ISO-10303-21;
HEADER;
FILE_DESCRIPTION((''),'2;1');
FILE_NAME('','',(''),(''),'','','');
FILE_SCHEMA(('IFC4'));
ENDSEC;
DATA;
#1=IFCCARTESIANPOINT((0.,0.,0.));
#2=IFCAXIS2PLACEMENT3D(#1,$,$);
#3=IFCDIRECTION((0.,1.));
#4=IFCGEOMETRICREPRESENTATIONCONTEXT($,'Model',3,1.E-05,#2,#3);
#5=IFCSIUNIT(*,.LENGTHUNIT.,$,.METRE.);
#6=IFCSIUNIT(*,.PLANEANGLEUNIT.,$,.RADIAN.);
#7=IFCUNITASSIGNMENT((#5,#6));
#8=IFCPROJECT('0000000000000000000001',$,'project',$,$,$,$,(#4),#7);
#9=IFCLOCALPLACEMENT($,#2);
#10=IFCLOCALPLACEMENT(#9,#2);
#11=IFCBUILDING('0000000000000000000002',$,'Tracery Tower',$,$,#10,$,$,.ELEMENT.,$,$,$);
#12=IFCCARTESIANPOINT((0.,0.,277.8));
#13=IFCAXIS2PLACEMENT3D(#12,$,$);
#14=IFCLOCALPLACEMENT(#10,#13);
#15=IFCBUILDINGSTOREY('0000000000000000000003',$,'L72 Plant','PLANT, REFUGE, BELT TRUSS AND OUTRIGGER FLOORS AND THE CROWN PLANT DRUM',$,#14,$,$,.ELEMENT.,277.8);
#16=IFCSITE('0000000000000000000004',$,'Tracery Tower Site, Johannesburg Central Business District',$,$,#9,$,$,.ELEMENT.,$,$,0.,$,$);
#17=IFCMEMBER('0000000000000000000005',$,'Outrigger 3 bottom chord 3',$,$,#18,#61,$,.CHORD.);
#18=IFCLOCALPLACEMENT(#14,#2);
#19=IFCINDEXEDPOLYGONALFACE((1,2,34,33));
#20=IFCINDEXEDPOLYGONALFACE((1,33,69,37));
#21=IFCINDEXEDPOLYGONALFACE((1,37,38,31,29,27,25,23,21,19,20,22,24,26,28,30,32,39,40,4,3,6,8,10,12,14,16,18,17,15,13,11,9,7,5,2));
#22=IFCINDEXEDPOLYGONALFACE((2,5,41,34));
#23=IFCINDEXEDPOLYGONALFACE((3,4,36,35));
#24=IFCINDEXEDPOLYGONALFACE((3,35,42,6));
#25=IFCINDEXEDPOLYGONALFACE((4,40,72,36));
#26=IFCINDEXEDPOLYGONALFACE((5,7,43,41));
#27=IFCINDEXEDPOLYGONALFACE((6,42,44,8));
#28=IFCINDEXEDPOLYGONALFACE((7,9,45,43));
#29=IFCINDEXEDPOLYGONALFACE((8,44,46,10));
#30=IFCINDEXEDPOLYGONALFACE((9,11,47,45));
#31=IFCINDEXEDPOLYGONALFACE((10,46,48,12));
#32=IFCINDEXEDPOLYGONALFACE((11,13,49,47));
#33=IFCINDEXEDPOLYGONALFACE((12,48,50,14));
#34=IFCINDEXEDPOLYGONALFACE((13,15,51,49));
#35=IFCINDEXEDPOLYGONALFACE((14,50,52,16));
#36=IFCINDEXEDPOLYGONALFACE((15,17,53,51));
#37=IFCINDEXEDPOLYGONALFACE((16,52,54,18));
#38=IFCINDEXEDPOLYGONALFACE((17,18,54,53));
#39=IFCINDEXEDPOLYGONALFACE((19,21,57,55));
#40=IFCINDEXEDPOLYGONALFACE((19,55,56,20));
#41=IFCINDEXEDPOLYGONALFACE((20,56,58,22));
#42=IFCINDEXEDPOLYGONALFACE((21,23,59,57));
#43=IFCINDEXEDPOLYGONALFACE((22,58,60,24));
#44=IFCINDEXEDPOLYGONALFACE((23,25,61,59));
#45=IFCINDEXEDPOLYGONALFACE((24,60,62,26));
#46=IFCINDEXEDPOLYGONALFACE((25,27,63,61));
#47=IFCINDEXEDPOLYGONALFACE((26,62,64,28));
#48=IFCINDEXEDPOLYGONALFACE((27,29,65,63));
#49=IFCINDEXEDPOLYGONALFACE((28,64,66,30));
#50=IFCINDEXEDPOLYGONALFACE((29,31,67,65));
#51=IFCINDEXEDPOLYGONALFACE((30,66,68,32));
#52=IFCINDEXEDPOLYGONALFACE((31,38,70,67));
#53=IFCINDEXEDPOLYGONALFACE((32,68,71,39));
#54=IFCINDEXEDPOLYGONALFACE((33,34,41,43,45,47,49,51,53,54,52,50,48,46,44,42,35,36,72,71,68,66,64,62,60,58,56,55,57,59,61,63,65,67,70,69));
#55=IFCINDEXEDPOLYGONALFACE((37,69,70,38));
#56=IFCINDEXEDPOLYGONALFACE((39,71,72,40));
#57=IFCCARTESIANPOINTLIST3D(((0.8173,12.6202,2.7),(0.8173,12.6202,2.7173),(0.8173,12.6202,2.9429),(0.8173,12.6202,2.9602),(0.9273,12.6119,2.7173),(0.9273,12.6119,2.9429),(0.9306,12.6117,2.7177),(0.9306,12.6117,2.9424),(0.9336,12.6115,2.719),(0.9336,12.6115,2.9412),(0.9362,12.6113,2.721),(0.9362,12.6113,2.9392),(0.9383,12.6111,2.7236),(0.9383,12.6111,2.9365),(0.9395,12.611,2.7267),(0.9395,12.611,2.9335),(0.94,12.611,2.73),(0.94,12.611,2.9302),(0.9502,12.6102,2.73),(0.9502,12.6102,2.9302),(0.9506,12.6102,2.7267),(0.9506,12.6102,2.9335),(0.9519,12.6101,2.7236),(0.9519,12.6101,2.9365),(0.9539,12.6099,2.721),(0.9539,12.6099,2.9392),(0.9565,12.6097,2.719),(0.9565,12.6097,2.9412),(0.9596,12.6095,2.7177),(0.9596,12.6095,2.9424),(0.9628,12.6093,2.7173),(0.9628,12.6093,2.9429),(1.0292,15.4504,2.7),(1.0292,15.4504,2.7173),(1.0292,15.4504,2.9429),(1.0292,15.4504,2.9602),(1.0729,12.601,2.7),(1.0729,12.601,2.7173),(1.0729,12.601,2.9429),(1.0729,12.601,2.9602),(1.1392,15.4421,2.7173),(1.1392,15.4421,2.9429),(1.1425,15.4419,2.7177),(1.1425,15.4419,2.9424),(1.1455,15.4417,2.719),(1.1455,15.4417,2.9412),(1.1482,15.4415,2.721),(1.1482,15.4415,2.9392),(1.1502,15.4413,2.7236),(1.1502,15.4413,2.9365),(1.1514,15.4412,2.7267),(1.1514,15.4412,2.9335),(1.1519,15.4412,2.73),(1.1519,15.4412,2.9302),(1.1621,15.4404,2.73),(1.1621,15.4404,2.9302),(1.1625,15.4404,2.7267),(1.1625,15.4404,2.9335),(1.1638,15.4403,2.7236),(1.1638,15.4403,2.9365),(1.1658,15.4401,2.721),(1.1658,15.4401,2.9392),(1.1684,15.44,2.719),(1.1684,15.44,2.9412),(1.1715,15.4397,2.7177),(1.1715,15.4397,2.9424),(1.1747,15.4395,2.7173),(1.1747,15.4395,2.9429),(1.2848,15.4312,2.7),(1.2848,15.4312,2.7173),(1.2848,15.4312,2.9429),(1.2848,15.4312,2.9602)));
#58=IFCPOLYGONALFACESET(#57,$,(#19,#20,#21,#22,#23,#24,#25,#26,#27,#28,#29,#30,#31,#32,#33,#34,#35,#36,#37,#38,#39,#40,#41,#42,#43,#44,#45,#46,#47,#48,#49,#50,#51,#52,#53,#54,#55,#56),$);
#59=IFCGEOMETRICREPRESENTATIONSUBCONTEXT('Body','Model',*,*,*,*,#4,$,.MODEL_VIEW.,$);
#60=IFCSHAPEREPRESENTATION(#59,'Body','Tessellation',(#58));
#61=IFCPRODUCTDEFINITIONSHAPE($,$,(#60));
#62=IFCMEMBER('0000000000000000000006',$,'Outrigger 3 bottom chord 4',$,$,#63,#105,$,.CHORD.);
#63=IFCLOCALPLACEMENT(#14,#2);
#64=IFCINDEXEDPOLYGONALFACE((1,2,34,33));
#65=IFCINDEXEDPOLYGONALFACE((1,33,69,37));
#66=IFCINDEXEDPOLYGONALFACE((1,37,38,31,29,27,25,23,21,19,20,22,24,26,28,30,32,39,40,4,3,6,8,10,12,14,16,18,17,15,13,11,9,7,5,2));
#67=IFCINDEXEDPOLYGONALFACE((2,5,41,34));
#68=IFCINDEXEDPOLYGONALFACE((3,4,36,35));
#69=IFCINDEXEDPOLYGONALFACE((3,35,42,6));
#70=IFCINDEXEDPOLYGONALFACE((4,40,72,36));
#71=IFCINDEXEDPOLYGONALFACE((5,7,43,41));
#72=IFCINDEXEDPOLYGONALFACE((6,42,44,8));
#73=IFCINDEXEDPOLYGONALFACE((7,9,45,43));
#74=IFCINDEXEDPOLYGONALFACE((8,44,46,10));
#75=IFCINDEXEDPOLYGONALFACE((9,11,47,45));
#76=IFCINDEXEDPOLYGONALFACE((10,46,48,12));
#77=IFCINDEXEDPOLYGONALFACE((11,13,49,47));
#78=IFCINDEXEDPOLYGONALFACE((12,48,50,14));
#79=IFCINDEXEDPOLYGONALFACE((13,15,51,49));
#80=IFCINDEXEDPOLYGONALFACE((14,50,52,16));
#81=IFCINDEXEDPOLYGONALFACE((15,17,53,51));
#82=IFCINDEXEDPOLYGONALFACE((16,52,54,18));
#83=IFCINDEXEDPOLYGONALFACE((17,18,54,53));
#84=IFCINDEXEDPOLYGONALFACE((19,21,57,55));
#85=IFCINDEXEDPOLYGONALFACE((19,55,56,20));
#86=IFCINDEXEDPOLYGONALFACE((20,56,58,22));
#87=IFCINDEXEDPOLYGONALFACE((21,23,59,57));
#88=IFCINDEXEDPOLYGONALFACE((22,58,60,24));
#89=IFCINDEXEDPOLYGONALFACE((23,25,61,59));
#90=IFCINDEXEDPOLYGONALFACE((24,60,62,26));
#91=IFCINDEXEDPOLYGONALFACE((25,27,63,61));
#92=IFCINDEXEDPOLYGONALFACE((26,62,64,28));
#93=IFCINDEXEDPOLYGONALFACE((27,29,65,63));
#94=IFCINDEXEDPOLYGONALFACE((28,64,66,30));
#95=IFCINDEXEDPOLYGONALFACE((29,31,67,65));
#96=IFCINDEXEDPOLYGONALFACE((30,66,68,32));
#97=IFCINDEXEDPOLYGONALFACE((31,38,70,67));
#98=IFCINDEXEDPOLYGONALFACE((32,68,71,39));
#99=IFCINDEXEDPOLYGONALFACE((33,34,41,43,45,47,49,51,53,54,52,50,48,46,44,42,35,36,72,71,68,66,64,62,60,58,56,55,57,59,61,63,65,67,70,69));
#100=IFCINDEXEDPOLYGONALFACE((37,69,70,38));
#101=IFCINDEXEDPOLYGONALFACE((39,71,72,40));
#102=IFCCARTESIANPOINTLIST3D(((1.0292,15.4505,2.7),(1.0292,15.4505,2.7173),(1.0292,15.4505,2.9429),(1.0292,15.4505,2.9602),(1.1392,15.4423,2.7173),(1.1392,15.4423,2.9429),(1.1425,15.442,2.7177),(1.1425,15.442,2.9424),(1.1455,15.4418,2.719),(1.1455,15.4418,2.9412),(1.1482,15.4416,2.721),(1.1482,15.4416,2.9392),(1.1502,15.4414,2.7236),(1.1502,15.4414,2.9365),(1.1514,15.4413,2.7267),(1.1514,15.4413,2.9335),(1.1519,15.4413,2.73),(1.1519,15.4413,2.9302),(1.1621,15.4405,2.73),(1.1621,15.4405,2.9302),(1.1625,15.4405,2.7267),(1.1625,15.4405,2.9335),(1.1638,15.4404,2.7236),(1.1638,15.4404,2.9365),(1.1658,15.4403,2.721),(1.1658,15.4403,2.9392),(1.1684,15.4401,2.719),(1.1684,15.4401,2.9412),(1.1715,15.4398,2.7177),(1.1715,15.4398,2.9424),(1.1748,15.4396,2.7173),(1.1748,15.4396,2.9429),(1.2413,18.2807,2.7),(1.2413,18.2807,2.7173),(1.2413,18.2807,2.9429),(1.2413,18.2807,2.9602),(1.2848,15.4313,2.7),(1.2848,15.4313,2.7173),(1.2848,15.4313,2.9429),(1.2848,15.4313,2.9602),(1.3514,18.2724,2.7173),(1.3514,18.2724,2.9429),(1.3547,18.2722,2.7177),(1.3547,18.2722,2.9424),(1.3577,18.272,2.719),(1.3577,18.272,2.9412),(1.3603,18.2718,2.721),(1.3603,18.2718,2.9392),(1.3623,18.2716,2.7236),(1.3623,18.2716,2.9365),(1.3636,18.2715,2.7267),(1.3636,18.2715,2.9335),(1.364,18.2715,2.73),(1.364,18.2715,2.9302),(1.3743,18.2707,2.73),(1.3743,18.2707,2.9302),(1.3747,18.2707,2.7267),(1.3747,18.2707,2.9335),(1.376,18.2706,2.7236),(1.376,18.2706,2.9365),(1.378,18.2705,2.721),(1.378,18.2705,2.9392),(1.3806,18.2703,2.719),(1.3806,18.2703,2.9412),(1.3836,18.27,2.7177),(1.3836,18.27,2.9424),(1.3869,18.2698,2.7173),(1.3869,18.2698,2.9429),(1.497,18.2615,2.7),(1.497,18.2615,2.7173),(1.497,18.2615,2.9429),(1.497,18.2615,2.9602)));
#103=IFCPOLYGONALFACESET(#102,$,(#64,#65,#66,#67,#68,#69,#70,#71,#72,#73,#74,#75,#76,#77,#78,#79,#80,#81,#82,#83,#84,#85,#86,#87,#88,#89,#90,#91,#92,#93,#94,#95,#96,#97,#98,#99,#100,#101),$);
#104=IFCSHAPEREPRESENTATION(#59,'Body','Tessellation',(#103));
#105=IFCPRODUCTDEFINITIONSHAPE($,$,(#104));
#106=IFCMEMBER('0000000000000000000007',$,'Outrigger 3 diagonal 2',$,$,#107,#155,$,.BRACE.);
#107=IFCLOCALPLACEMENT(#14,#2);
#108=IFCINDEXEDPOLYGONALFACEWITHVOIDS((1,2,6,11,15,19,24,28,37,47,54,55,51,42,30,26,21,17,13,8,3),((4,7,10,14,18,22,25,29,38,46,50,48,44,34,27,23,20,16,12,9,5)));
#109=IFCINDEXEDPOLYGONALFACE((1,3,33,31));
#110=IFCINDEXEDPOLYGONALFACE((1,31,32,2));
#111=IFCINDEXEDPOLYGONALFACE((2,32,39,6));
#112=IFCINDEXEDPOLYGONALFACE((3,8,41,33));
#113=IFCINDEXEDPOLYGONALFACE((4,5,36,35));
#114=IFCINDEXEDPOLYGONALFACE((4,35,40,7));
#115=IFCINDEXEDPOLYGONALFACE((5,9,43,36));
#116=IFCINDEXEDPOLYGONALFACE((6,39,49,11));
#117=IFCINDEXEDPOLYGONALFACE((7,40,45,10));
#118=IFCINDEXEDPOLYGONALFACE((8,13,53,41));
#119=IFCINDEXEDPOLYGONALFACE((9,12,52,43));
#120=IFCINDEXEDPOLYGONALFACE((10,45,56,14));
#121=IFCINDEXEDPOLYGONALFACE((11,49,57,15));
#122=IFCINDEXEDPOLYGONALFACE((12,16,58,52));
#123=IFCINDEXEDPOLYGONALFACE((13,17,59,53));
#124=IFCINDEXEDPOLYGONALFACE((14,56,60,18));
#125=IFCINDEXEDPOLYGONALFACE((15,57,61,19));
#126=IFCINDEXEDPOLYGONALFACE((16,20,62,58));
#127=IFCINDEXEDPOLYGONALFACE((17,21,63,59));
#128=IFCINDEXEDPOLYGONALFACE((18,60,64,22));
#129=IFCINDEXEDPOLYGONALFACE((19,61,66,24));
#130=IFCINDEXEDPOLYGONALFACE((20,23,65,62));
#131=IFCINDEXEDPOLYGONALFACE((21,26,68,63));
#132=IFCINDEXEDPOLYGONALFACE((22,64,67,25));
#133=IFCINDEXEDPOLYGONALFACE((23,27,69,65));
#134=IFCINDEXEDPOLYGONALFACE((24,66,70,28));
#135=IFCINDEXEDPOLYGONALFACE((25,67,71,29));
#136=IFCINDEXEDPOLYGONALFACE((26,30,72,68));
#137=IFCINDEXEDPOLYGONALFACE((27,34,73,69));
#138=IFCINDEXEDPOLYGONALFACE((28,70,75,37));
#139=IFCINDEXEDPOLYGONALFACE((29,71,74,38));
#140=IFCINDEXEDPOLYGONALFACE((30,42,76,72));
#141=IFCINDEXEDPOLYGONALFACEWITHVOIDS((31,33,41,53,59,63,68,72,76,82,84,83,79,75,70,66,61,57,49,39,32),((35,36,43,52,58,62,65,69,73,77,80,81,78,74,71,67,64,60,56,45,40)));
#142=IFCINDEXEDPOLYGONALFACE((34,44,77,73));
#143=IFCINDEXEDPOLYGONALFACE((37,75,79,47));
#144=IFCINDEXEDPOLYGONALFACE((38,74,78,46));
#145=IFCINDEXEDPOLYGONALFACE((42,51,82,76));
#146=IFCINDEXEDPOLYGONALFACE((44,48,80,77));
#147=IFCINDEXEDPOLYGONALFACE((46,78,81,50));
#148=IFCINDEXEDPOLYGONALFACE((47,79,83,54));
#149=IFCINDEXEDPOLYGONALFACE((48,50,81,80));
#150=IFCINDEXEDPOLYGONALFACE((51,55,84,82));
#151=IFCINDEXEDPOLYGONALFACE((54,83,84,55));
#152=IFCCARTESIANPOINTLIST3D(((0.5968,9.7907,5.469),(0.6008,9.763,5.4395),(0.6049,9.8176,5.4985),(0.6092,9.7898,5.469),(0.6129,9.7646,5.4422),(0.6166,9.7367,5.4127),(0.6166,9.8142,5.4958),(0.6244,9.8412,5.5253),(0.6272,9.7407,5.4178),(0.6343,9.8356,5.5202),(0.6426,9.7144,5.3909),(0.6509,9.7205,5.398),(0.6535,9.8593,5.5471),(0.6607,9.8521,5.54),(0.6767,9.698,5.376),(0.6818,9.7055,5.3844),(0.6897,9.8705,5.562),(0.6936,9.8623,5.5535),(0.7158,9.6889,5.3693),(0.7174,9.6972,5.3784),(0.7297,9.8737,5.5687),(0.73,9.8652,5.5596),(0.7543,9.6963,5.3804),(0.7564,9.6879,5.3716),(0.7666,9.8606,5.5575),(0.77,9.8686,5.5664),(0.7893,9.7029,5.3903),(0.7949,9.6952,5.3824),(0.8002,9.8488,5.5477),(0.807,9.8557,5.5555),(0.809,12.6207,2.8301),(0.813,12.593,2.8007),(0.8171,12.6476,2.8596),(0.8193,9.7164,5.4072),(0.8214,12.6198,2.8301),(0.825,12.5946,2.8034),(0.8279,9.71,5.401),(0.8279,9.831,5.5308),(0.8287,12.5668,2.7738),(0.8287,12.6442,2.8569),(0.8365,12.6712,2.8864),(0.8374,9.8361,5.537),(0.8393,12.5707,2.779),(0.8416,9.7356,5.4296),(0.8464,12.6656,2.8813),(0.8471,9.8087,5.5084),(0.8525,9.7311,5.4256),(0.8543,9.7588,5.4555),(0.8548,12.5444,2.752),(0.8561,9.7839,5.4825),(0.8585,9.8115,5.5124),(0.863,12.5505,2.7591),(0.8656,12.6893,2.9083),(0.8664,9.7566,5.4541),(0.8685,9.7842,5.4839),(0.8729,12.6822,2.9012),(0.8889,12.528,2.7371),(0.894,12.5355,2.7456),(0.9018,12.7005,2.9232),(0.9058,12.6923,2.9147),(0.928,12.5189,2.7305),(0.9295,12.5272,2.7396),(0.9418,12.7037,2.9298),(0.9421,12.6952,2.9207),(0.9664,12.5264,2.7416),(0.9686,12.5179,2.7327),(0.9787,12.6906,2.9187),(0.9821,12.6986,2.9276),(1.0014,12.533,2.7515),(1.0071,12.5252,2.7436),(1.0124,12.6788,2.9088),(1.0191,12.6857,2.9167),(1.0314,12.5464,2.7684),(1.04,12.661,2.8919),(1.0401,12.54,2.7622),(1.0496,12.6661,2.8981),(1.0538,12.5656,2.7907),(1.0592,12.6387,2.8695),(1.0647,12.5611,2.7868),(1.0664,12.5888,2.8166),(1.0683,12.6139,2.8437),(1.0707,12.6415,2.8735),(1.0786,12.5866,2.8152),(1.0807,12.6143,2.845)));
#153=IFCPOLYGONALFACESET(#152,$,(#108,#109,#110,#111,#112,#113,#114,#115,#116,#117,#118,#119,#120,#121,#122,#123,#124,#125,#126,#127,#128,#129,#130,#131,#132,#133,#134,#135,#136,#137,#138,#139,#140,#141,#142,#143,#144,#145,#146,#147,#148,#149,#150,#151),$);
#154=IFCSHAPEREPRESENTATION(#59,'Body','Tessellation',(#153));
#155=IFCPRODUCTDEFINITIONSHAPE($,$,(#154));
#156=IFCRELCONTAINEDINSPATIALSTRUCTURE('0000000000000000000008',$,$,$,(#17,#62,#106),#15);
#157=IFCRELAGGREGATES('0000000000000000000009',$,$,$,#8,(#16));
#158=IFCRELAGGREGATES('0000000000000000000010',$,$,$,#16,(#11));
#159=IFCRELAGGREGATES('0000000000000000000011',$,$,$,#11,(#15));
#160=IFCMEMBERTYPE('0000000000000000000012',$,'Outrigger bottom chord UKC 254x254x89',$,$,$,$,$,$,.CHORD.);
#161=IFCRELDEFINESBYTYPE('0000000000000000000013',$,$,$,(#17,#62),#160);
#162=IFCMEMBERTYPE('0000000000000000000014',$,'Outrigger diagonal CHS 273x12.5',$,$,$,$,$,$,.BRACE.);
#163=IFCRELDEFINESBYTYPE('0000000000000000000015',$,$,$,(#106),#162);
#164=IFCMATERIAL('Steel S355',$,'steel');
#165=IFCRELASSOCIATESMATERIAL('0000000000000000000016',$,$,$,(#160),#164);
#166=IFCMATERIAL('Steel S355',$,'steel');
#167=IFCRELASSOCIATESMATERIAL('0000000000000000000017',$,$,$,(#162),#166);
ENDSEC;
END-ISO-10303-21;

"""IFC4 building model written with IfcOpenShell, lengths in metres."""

from ifc_helpers import new_model, si_unit, direction, frame, origin, origin_2d, place, context, subcontext, project, spatial, hollow_circle, i_section, extrude, material, material_profile, profile_set, type_object, element, save


model = new_model("IFC4")

# Units and contexts
model_context = context("Model", 3, precision=1e-05, world=origin(), true_north=direction((0.0, 1.0)))
body_context = subcontext(model_context, "Body", "Model", "MODEL_VIEW")
ifc_project = project(units=[si_unit("LENGTHUNIT", "METRE"), si_unit("PLANEANGLEUNIT", "RADIAN")], contexts=[model_context])

# Site, building, storey
site_placement = place(None, origin())
site = spatial("IfcSite", under=ifc_project, at=site_placement, Name="Tracery Tower Site, Johannesburg Central Business District", CompositionType="ELEMENT", RefElevation=0.0)
building_placement = place(site_placement, origin())
building = spatial("IfcBuilding", under=site, at=building_placement, Name="Tracery Tower", CompositionType="ELEMENT")
storey_placement = place(building_placement, frame((0.0, 0.0, 277.8)))
storey = spatial("IfcBuildingStorey", under=building, at=storey_placement, Name="L72 Plant", Description="PLANT, REFUGE, BELT TRUSS AND OUTRIGGER FLOORS AND THE CROWN PLANT DRUM", CompositionType="ELEMENT", Elevation=277.8)

# Members
ifc_material_1 = material(Name="Steel S355", Category="steel")
ifc_material_profile_1 = material_profile(ifc_material_1, i_section(OverallWidth=0.2563, OverallDepth=0.2603, WebThickness=0.0103, FlangeThickness=0.0173, FilletRadius=0.0127, at=origin_2d()), Name="UKC 254x254x89")
ifc_profile_set_1 = profile_set([ifc_material_profile_1], Name="Steel S355")
member_type_1 = type_object("IfcMemberType", Name="Outrigger bottom chord UKC 254x254x89", PredefinedType="CHORD", material=ifc_profile_set_1)
for number, where, z_axis, x_axis, name in (
    (1, (0.9451, 12.6106, 2.8301), (0.074664, 0.997209, 0.0), (-0.997209, 0.074664, 0.0), "Outrigger 3 bottom chord 3"),
    (2, (1.157, 15.4409, 2.8301), (0.074756, 0.997202, 0.0), (-0.997202, 0.074756, 0.0), "Outrigger 3 bottom chord 4"),
):
    element("IfcMember", number, at=place(storey_placement, frame(where, z_axis=z_axis, x_axis=x_axis)), inside=storey, type_object=member_type_1, Name=name, PredefinedType="CHORD", context=body_context, shape_type="SweptSolid", body=[
        extrude(i_section(OverallWidth=0.2563, OverallDepth=0.2603, WebThickness=0.0103, FlangeThickness=0.0173, FilletRadius=0.0127, at=origin_2d()), origin(), (0.0, 0.0, 1.0), 2.8381),
    ])
ifc_material_2 = material(Name="Steel S355", Category="steel")
ifc_material_profile_2 = material_profile(ifc_material_2, hollow_circle(Radius=0.1365, WallThickness=0.0125, at=origin_2d()), Name="CHS 273x12.5")
ifc_profile_set_2 = profile_set([ifc_material_profile_2], Name="Steel S355")
member_type_2 = type_object("IfcMemberType", Name="Outrigger diagonal CHS 273x12.5", PredefinedType="BRACE", material=ifc_profile_set_2)
member_1_placement = place(storey_placement, frame((0.7329, 9.7805, 5.469), z_axis=(0.054746, 0.730279, -0.680951), x_axis=(-0.997202, 0.074756, 0.0)))
element("IfcMember", 3, at=member_1_placement, inside=storey, type_object=member_type_2, Name="Outrigger 3 diagonal 2", PredefinedType="BRACE", context=body_context, shape_type="SweptSolid", body=[
    extrude(hollow_circle(Radius=0.1365, WallThickness=0.0125, at=origin_2d()), origin(), (0.0, 0.0, 1.0), 3.8752),
])

save(model, "model.ifc")
